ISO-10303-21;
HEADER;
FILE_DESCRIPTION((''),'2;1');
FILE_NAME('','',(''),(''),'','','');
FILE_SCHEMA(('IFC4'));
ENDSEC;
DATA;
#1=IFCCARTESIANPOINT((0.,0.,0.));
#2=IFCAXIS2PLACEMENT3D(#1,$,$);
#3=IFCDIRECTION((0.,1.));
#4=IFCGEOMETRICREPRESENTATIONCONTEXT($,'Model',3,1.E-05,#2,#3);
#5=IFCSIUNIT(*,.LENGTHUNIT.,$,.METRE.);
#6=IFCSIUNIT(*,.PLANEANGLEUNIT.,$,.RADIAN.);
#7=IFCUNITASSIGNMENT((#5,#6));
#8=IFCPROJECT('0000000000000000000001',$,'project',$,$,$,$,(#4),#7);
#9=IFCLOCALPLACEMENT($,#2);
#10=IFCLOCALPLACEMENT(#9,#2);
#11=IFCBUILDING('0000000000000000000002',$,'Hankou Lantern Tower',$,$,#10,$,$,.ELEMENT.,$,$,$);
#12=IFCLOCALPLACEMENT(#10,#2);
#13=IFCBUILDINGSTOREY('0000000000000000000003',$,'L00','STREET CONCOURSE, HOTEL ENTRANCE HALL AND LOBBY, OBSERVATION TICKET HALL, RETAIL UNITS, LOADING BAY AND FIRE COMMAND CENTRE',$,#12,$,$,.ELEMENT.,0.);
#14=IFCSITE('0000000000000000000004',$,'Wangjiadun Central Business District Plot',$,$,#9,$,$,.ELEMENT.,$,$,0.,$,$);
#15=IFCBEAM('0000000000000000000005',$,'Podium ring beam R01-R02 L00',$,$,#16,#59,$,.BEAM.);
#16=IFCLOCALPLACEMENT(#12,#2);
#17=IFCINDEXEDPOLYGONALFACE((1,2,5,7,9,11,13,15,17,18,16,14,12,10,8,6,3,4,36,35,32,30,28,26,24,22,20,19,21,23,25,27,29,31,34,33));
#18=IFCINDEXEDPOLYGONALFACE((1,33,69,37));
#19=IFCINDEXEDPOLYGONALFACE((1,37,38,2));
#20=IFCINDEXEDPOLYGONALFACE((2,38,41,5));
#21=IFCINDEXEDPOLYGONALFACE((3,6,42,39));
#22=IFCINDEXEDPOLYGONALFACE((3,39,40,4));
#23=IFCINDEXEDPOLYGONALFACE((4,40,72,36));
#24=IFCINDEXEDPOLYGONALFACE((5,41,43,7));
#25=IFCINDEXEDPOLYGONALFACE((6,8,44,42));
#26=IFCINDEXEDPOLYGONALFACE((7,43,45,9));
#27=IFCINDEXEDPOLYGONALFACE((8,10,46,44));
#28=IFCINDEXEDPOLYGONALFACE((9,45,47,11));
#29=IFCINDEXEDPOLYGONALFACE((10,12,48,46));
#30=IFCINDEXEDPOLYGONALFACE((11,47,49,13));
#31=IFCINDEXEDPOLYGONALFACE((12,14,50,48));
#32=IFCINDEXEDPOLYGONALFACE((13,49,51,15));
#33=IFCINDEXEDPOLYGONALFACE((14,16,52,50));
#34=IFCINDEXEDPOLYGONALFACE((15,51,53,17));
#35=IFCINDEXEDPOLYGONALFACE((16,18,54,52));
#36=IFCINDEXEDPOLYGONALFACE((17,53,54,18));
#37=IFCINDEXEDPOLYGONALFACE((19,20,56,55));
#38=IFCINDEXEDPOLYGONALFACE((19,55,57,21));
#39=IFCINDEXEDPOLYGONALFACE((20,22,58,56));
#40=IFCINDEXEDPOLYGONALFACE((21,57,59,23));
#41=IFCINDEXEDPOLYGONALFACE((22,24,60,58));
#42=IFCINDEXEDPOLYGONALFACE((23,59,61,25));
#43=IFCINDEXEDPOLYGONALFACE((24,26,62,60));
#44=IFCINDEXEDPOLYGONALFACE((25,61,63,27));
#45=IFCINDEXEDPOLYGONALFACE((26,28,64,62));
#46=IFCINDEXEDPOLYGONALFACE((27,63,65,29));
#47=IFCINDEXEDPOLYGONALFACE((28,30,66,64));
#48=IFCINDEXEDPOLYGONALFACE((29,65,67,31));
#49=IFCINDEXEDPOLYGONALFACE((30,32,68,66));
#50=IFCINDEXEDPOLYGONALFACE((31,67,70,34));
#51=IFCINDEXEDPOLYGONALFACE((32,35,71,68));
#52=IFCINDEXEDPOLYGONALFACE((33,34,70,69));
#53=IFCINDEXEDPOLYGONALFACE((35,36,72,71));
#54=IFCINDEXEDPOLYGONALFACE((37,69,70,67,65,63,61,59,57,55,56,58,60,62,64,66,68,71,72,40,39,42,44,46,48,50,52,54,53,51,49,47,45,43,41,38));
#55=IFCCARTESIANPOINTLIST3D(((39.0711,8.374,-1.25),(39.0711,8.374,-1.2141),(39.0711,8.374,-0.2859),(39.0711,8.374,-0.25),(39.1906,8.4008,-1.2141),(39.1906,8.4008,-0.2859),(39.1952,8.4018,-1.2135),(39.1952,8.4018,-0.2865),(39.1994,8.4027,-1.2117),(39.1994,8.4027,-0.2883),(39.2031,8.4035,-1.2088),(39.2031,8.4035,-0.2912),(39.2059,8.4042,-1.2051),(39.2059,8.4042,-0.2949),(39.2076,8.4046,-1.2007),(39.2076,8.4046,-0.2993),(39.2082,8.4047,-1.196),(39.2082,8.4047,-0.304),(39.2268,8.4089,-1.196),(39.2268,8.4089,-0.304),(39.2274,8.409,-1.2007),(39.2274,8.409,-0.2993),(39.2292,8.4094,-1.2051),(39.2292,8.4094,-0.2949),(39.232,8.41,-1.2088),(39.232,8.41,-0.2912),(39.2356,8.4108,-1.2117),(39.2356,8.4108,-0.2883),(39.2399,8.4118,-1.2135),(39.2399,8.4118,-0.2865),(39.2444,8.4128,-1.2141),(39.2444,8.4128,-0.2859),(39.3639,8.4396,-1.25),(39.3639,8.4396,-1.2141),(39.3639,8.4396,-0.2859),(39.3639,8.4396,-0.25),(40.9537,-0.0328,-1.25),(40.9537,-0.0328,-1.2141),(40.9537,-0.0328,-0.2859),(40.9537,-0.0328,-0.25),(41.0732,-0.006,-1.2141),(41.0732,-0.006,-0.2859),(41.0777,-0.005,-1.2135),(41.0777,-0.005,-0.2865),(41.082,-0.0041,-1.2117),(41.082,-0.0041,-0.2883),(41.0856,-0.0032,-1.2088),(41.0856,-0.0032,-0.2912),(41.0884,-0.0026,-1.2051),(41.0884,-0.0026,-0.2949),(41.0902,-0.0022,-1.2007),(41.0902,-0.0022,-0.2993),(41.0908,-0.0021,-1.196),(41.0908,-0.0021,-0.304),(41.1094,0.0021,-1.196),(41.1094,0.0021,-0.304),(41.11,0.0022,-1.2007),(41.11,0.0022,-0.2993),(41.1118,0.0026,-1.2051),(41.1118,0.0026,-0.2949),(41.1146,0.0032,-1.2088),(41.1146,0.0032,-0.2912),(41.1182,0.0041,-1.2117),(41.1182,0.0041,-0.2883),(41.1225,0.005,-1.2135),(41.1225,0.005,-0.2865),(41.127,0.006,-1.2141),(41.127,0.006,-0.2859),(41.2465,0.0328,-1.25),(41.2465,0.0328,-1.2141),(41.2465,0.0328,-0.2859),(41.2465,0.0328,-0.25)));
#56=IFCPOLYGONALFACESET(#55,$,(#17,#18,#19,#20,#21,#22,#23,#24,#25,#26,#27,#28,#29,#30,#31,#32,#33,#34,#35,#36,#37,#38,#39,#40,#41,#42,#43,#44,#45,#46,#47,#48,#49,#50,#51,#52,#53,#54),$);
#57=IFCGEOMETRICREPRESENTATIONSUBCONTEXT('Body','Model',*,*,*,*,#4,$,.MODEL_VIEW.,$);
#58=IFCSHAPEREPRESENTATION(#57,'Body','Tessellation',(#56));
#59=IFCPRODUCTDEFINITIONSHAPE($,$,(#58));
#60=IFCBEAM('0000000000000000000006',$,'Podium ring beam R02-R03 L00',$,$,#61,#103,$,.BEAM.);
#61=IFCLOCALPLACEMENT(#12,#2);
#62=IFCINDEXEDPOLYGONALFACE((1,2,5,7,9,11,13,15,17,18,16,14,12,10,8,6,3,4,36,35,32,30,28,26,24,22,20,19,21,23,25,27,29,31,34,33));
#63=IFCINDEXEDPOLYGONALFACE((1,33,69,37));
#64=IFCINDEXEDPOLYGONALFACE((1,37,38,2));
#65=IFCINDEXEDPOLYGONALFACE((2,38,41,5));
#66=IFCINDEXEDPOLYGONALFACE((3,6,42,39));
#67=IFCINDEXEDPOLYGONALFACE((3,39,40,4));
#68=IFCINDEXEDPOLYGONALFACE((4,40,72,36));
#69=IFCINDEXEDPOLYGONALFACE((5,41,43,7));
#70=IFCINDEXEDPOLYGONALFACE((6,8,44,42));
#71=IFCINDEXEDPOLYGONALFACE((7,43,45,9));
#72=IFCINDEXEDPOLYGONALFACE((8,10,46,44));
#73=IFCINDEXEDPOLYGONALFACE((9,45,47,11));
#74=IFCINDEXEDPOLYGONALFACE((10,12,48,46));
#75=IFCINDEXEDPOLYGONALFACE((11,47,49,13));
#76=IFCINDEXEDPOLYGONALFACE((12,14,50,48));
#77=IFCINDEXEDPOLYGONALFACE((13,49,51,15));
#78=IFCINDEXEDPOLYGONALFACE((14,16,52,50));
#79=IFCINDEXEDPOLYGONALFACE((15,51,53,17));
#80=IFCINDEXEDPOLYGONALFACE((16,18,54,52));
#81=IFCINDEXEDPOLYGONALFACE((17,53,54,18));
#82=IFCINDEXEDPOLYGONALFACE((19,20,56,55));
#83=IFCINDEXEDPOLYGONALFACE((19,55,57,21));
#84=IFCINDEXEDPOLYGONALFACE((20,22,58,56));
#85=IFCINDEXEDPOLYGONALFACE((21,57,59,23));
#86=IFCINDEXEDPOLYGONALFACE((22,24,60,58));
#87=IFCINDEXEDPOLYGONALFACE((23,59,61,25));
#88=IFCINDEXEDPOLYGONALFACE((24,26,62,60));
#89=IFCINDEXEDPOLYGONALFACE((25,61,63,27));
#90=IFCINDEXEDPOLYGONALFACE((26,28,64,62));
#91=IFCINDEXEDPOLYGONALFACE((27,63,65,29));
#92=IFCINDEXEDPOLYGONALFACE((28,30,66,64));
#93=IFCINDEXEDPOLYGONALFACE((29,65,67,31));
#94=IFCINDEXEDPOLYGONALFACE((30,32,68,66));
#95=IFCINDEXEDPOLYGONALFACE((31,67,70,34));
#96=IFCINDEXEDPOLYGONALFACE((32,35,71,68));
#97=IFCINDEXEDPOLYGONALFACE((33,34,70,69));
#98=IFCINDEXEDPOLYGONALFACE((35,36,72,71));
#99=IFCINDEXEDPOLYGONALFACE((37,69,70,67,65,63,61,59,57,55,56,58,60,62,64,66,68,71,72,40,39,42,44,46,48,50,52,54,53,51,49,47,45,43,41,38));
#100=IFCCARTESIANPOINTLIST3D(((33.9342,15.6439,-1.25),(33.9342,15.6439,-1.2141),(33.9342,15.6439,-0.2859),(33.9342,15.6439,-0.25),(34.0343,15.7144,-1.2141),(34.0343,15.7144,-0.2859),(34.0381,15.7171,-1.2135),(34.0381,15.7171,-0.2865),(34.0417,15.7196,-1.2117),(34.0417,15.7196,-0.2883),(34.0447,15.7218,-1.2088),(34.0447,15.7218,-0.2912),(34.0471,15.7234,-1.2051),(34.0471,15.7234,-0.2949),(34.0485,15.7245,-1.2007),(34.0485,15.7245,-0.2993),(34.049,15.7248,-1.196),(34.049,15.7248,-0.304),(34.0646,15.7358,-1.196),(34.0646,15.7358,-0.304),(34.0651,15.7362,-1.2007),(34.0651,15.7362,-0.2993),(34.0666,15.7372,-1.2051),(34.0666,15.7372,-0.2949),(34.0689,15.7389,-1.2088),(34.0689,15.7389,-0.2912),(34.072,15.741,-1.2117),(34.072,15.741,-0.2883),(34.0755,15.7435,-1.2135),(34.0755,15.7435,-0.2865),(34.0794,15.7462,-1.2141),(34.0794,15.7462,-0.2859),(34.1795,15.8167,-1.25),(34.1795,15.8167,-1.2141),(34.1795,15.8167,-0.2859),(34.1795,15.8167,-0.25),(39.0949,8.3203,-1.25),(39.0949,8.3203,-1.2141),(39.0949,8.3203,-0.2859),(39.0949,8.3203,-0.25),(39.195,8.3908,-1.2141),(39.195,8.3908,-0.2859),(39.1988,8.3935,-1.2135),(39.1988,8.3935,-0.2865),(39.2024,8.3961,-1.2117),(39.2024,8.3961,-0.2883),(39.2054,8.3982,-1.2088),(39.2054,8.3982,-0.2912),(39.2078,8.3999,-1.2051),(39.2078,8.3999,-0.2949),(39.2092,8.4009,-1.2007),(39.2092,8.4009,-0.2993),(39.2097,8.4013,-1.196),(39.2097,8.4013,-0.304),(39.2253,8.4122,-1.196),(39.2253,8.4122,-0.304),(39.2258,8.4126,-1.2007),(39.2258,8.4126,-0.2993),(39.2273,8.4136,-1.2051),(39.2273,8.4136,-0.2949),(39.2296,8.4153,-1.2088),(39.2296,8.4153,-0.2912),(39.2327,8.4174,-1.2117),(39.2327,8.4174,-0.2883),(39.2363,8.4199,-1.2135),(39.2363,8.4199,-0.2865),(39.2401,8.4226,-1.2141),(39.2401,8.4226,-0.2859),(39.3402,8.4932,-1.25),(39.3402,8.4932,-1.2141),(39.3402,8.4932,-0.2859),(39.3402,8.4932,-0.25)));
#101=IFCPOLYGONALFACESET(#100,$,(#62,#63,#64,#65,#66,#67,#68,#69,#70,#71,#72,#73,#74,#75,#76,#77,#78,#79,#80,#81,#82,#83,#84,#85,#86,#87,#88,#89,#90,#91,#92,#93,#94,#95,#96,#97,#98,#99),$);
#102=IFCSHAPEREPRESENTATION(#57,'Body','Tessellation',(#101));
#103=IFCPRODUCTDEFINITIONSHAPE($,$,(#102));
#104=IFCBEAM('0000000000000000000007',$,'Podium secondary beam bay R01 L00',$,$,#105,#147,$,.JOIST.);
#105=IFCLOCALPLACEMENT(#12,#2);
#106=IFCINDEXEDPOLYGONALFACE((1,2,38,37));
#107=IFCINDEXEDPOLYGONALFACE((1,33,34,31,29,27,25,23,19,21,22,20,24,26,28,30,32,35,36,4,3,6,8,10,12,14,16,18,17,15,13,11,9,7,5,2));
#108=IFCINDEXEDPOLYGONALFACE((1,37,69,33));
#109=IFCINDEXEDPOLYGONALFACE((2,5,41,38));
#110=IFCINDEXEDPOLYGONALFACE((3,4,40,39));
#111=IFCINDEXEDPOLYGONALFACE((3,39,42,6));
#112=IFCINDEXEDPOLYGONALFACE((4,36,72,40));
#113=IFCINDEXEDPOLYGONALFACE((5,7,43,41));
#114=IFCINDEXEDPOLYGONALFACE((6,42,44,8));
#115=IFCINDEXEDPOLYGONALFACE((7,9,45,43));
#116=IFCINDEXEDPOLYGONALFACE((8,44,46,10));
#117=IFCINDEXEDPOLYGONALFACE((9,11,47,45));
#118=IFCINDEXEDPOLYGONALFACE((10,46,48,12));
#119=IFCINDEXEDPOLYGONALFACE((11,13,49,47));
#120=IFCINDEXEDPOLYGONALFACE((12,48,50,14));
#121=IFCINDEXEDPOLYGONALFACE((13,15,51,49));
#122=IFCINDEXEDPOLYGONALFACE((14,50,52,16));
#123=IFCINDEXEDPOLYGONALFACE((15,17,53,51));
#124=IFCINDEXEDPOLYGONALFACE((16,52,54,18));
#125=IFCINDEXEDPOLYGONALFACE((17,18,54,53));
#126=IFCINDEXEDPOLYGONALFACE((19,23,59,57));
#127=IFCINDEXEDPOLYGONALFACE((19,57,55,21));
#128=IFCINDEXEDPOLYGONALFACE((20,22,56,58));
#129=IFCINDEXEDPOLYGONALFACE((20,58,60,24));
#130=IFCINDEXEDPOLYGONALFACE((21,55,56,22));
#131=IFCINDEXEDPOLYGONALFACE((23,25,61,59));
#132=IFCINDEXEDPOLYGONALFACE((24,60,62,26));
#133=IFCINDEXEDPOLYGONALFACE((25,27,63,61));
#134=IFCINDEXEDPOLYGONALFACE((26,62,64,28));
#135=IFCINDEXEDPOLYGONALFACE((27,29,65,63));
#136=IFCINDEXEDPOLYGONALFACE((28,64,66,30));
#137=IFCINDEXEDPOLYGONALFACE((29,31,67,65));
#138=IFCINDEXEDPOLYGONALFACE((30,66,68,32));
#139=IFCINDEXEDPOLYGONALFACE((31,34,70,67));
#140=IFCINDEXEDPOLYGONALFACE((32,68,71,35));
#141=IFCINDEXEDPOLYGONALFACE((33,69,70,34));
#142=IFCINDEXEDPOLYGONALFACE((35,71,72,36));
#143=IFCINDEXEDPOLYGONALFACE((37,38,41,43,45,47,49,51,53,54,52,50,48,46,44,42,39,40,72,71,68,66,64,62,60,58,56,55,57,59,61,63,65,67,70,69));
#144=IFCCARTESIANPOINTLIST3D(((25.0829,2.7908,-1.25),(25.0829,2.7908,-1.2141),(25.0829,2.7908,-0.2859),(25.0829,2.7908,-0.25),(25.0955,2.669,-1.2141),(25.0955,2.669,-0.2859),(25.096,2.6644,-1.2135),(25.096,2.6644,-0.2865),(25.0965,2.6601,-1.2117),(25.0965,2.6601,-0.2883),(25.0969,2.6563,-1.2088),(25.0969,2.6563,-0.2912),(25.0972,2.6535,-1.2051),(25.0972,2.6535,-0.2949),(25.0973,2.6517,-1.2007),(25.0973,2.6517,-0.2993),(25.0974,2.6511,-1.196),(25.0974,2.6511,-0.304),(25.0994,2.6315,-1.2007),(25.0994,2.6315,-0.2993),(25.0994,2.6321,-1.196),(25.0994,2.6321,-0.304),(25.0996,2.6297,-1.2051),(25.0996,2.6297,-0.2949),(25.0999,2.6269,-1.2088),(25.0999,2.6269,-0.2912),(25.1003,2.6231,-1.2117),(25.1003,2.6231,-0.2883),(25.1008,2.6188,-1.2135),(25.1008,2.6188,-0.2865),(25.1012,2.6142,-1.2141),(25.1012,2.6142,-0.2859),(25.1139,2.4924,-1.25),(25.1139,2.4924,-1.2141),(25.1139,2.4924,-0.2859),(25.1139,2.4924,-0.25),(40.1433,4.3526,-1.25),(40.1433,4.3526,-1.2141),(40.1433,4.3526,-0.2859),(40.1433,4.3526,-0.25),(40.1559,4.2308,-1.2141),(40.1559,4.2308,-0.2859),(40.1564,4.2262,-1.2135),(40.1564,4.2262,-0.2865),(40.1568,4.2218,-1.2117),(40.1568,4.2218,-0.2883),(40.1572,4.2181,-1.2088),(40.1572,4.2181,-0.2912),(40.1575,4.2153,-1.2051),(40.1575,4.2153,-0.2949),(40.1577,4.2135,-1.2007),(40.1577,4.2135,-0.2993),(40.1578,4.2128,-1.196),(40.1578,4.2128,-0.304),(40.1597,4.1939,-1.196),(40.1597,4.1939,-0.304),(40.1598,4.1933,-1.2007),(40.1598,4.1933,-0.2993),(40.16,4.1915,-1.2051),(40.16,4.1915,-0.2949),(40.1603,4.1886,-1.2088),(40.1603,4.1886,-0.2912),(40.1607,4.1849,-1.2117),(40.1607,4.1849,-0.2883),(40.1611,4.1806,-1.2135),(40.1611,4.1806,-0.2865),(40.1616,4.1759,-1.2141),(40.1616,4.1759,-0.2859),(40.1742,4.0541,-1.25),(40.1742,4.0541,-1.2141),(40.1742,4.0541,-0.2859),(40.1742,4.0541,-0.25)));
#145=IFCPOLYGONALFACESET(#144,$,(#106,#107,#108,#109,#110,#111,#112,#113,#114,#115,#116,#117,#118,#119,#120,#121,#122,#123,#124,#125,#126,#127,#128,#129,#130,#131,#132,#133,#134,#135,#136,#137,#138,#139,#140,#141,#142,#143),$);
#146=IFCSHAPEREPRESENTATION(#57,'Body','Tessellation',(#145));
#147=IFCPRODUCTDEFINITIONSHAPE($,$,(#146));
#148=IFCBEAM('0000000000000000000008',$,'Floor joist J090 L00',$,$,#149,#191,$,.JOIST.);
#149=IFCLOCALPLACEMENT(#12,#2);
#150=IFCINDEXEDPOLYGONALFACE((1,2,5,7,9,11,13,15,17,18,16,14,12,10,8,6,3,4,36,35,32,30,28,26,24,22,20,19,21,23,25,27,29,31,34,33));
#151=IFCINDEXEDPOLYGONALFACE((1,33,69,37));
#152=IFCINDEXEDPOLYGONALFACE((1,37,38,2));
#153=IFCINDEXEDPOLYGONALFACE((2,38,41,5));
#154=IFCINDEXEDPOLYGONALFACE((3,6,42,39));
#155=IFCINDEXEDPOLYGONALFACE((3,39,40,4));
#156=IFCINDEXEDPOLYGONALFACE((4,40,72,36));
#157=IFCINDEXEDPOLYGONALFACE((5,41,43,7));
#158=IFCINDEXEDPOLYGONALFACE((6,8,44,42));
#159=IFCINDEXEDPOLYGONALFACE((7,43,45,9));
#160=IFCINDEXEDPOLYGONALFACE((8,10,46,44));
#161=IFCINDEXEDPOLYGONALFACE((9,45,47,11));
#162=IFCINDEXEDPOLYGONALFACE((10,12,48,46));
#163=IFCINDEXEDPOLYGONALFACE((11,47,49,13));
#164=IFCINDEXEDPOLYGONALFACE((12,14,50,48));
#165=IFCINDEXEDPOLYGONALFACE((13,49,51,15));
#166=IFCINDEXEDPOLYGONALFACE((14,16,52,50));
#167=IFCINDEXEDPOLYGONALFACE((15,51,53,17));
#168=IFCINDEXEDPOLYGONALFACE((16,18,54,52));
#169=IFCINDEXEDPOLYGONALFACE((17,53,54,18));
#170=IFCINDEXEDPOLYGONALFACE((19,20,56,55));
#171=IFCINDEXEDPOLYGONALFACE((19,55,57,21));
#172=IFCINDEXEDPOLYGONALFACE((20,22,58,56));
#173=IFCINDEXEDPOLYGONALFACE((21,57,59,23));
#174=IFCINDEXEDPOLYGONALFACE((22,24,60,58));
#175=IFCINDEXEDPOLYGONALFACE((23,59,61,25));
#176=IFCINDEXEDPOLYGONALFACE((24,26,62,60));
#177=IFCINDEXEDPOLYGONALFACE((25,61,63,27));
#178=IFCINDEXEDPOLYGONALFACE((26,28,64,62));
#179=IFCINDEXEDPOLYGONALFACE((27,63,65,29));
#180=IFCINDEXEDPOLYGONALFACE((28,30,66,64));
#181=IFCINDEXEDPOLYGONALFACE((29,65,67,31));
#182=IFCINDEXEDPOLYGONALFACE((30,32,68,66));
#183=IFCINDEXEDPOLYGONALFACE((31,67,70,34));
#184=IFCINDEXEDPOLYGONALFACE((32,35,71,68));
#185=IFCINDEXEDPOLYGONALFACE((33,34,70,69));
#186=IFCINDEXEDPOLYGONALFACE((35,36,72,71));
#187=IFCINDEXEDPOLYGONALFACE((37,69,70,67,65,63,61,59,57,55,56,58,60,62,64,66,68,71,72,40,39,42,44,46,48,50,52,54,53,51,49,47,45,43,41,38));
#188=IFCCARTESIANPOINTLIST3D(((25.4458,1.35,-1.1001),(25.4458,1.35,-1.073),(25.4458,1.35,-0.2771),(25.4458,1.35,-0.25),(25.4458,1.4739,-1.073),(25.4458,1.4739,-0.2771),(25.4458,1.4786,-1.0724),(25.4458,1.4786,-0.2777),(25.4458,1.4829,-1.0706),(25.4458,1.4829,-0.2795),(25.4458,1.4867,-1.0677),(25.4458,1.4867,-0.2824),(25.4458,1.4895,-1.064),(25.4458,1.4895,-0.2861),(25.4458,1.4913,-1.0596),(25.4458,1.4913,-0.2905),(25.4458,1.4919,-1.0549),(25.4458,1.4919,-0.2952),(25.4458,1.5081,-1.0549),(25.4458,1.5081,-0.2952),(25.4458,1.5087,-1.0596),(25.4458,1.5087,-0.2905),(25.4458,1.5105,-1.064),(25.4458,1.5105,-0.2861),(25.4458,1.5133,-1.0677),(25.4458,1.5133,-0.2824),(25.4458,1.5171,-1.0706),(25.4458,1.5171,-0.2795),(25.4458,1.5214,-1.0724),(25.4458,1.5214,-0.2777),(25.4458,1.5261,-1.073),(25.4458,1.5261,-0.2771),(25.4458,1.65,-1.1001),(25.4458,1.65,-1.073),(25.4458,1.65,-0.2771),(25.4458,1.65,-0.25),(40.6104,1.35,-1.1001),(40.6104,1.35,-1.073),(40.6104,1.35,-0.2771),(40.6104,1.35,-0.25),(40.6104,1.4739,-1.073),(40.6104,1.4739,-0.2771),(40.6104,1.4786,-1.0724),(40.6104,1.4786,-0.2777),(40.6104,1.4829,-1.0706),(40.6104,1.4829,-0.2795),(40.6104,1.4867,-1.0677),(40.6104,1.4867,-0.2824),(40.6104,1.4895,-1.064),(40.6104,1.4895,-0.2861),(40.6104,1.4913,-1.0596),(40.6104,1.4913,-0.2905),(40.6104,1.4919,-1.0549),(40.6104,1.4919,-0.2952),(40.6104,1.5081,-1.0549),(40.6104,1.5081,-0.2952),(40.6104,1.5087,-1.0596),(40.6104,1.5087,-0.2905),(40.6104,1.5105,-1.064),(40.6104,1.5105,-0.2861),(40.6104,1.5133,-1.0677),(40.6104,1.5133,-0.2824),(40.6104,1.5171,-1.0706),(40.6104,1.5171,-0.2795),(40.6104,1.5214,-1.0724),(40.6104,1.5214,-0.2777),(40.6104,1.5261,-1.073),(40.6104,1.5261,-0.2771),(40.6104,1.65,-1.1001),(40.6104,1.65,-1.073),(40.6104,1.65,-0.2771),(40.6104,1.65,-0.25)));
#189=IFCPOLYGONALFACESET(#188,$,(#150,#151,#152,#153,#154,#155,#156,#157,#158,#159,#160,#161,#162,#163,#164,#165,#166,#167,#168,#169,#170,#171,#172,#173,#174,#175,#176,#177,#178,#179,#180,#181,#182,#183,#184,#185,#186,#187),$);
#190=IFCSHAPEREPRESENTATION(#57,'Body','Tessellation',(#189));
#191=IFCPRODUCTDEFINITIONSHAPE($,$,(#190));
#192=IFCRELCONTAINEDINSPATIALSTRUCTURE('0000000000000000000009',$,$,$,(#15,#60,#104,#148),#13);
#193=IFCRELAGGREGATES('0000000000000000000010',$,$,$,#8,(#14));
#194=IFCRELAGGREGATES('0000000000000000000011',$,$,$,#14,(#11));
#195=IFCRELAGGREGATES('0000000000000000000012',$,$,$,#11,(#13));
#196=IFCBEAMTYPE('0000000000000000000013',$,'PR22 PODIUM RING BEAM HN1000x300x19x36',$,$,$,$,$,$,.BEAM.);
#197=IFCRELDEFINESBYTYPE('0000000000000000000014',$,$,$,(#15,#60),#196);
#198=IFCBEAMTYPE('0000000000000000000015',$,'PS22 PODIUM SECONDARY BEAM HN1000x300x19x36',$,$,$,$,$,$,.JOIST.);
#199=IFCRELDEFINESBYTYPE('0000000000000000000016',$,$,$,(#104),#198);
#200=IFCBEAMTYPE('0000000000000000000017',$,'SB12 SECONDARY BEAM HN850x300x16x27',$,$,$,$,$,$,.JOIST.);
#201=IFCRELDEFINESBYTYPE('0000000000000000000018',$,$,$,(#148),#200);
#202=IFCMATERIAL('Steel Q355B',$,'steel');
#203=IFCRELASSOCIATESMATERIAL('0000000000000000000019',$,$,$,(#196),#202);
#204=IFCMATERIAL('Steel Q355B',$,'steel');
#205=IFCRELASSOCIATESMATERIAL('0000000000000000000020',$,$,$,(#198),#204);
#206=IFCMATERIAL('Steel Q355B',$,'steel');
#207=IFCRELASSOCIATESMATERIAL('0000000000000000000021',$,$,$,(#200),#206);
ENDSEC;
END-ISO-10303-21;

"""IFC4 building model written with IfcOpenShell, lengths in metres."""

from ifc_helpers import new_model, si_unit, direction, frame, origin, origin_2d, place, context, subcontext, project, spatial, i_section, extrude, material, material_profile, profile_set, type_object, element, save


model = new_model("IFC4")

# Units and contexts
model_context = context("Model", 3, precision=1e-05, world=origin(), true_north=direction((0.0, 1.0)))
body_context = subcontext(model_context, "Body", "Model", "MODEL_VIEW")
ifc_project = project(units=[si_unit("LENGTHUNIT", "METRE"), si_unit("PLANEANGLEUNIT", "RADIAN")], contexts=[model_context])

# Site, building, storey
site_placement = place(None, origin())
site = spatial("IfcSite", under=ifc_project, at=site_placement, Name="Wangjiadun Central Business District Plot", CompositionType="ELEMENT", RefElevation=0.0)
building_placement = place(site_placement, origin())
building = spatial("IfcBuilding", under=site, at=building_placement, Name="Hankou Lantern Tower", CompositionType="ELEMENT")
storey_placement = place(building_placement, origin())
storey = spatial("IfcBuildingStorey", under=building, at=storey_placement, Name="L00", Description="STREET CONCOURSE, HOTEL ENTRANCE HALL AND LOBBY, OBSERVATION TICKET HALL, RETAIL UNITS, LOADING BAY AND FIRE COMMAND CENTRE", CompositionType="ELEMENT", Elevation=0.0)

# Beams
ifc_material_1 = material(Name="Steel Q355B", Category="steel")
ifc_material_profile_1 = material_profile(ifc_material_1, i_section(OverallWidth=0.3, OverallDepth=1.0, WebThickness=0.019, FlangeThickness=0.0359, FilletRadius=0.0181, at=origin_2d()), Name="HN1000x300x19x36")
ifc_profile_set_1 = profile_set([ifc_material_profile_1], Name="Steel Q355B")
beam_type_1 = type_object("IfcBeamType", Name="PR22 PODIUM RING BEAM HN1000x300x19x36", PredefinedType="BEAM", material=ifc_profile_set_1)
beam_1_placement = place(storey_placement, frame((41.1001, 0.0, -0.75), z_axis=(-0.218523, 0.975832, 0.0), x_axis=(-0.975832, -0.218523, 0.0)))
element("IfcBeam", 1, at=beam_1_placement, inside=storey, type_object=beam_type_1, Name="Podium ring beam R01-R02 L00", PredefinedType="BEAM", context=body_context, shape_type="SweptSolid", body=[
    extrude(i_section(OverallWidth=0.3, OverallDepth=1.0, WebThickness=0.019, FlangeThickness=0.0359, FilletRadius=0.0181, at=origin_2d()), origin(), (0.0, 0.0, 1.0), 8.615),
])
beam_2_placement = place(storey_placement, frame((39.2175, 8.4067, -0.75), z_axis=(-0.576022, 0.817434, 0.0), x_axis=(-0.817434, -0.576022, 0.0)))
element("IfcBeam", 2, at=beam_2_placement, inside=storey, type_object=beam_type_1, Name="Podium ring beam R02-R03 L00", PredefinedType="BEAM", context=body_context, shape_type="SweptSolid", body=[
    extrude(i_section(OverallWidth=0.3, OverallDepth=1.0, WebThickness=0.019, FlangeThickness=0.0359, FilletRadius=0.0181, at=origin_2d()), origin(), (0.0, 0.0, 1.0), 8.9592),
])
ifc_material_2 = material(Name="Steel Q355B", Category="steel")
ifc_material_profile_2 = material_profile(ifc_material_2, i_section(OverallWidth=0.3, OverallDepth=1.0, WebThickness=0.019, FlangeThickness=0.0359, FilletRadius=0.0181, at=origin_2d()), Name="HN1000x300x19x36")
ifc_profile_set_2 = profile_set([ifc_material_profile_2], Name="Steel Q355B")
beam_type_2 = type_object("IfcBeamType", Name="PS22 PODIUM SECONDARY BEAM HN1000x300x19x36", PredefinedType="JOIST", material=ifc_profile_set_2)
beam_3_placement = place(storey_placement, frame((25.0984, 2.6416, -0.75), z_axis=(0.994666, 0.103148, 0.0), x_axis=(-0.103148, 0.994666, 0.0)))
element("IfcBeam", 3, at=beam_3_placement, inside=storey, type_object=beam_type_2, Name="Podium secondary beam bay R01 L00", PredefinedType="JOIST", context=body_context, shape_type="SweptSolid", body=[
    extrude(i_section(OverallWidth=0.3, OverallDepth=1.0, WebThickness=0.019, FlangeThickness=0.0359, FilletRadius=0.0181, at=origin_2d()), origin(), (0.0, 0.0, 1.0), 15.1411),
])
ifc_material_3 = material(Name="Steel Q355B", Category="steel")
ifc_material_profile_3 = material_profile(ifc_material_3, i_section(OverallWidth=0.3, OverallDepth=0.8501, WebThickness=0.0161, FlangeThickness=0.0271, FilletRadius=0.0181, at=origin_2d()), Name="HN850x300x16x27")
ifc_profile_set_3 = profile_set([ifc_material_profile_3], Name="Steel Q355B")
beam_type_3 = type_object("IfcBeamType", Name="SB12 SECONDARY BEAM HN850x300x16x27", PredefinedType="JOIST", material=ifc_profile_set_3)
beam_4_placement = place(storey_placement, frame((25.4458, 1.5, -0.675), z_axis=(1.0, 0.0, 0.0), x_axis=(0.0, 1.0, 0.0)))
element("IfcBeam", 4, at=beam_4_placement, inside=storey, type_object=beam_type_3, Name="Floor joist J090 L00", PredefinedType="JOIST", context=body_context, shape_type="SweptSolid", body=[
    extrude(i_section(OverallWidth=0.3, OverallDepth=0.8501, WebThickness=0.0161, FlangeThickness=0.0271, FilletRadius=0.0181, at=origin_2d()), origin(), (0.0, 0.0, 1.0), 15.1646),
])

save(model, "model.ifc")
